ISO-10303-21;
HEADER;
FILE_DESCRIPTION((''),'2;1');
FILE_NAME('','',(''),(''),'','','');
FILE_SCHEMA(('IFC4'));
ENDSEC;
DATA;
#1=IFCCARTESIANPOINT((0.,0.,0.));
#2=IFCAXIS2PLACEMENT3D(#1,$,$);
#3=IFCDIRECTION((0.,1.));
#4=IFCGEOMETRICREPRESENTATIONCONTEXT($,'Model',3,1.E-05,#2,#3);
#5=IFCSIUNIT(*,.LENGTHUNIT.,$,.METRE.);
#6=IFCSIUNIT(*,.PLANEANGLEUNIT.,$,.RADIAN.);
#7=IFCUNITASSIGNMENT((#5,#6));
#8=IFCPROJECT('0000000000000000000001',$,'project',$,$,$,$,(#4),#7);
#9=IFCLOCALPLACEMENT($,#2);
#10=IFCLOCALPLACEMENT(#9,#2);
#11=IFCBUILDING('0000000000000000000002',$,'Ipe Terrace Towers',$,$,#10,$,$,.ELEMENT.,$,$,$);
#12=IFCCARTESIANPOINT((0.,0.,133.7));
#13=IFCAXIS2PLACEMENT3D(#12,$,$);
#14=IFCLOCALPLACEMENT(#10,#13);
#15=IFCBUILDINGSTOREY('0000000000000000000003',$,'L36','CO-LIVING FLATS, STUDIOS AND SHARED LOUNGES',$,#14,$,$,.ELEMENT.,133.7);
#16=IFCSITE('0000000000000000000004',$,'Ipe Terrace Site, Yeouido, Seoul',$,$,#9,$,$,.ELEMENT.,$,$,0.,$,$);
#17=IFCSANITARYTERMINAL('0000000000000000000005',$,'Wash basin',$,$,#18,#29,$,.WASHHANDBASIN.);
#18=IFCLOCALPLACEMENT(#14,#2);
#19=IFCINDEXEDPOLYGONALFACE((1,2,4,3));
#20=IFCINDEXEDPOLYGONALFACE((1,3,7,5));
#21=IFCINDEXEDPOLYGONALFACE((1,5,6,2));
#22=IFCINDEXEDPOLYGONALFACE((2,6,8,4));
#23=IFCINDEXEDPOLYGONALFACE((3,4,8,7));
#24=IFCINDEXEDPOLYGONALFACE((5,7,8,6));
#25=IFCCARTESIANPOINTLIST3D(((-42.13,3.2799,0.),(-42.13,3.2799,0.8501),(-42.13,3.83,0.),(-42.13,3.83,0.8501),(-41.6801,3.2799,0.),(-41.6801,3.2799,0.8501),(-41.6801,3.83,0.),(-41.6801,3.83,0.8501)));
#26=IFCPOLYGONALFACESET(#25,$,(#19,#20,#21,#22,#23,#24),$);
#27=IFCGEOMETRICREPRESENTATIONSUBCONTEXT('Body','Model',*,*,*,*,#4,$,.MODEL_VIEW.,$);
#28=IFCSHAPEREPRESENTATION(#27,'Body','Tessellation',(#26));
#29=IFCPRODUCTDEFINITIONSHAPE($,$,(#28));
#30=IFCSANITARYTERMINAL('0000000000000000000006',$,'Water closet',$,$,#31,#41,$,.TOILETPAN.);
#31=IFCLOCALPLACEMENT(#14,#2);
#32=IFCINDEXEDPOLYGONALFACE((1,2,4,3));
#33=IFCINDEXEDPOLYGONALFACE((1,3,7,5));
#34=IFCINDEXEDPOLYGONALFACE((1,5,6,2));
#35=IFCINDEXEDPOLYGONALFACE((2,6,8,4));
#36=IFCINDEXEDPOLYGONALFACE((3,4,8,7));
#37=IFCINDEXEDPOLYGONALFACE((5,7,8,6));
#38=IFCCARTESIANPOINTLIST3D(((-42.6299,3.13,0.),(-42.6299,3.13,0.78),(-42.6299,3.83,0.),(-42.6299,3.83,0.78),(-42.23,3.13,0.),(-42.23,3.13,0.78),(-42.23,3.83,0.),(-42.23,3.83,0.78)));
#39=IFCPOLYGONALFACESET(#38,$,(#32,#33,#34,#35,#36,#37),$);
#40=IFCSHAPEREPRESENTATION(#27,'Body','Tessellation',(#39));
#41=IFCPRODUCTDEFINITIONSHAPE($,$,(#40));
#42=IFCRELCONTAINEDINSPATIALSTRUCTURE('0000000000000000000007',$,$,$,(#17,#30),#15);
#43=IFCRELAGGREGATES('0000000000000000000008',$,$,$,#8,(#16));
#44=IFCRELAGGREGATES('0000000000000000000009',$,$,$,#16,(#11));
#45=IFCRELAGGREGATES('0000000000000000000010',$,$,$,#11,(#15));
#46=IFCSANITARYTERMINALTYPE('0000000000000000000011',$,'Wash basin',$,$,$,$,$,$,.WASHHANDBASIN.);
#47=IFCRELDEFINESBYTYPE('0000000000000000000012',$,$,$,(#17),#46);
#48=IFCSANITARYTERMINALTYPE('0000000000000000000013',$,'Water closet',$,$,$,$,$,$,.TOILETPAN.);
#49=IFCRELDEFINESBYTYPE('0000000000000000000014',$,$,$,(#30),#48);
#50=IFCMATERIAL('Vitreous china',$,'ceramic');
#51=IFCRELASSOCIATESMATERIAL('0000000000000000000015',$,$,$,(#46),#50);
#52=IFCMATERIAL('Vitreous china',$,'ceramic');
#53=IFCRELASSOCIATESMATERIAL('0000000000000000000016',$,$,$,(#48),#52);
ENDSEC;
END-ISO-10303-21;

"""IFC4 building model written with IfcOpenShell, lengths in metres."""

from ifc_helpers import new_model, si_unit, direction, frame, origin, origin_2d, place, context, subcontext, project, spatial, rectangle, extrude, material, type_object, element, save


model = new_model("IFC4")

# Units and contexts
model_context = context("Model", 3, precision=1e-05, world=origin(), true_north=direction((0.0, 1.0)))
body_context = subcontext(model_context, "Body", "Model", "MODEL_VIEW")
ifc_project = project(units=[si_unit("LENGTHUNIT", "METRE"), si_unit("PLANEANGLEUNIT", "RADIAN")], contexts=[model_context])

# Site, building, storey
site_placement = place(None, origin())
site = spatial("IfcSite", under=ifc_project, at=site_placement, Name="Ipe Terrace Site, Yeouido, Seoul", CompositionType="ELEMENT", RefElevation=0.0)
building_placement = place(site_placement, origin())
building = spatial("IfcBuilding", under=site, at=building_placement, Name="Ipe Terrace Towers", CompositionType="ELEMENT")
storey_placement = place(building_placement, frame((0.0, 0.0, 133.7)))
storey = spatial("IfcBuildingStorey", under=building, at=storey_placement, Name="L36", Description="CO-LIVING FLATS, STUDIOS AND SHARED LOUNGES", CompositionType="ELEMENT", Elevation=133.7)

# Sanitary terminals
ifc_material_1 = material(Name="Vitreous china", Category="ceramic")
sanitary_terminal_type_1 = type_object("IfcSanitaryTerminalType", Name="Wash basin", PredefinedType="WASHHANDBASIN", material=ifc_material_1)
sanitary_terminal_1_placement = place(storey_placement, frame((-41.905, 3.5549, 0.0), z_axis=(0.0, 0.0, 1.0), x_axis=(0.0, -1.0, 0.0)))
element("IfcSanitaryTerminal", 1, at=sanitary_terminal_1_placement, inside=storey, type_object=sanitary_terminal_type_1, Name="Wash basin", PredefinedType="WASHHANDBASIN", context=body_context, shape_type="SweptSolid", body=[
    extrude(rectangle(XDim=0.55, YDim=0.45, at=origin_2d()), origin(), (0.0, 0.0, 1.0), 0.8501),
])
ifc_material_2 = material(Name="Vitreous china", Category="ceramic")
sanitary_terminal_type_2 = type_object("IfcSanitaryTerminalType", Name="Water closet", PredefinedType="TOILETPAN", material=ifc_material_2)
sanitary_terminal_2_placement = place(storey_placement, frame((-42.4299, 3.48, 0.0), z_axis=(0.0, 0.0, 1.0), x_axis=(0.0, -1.0, 0.0)))
element("IfcSanitaryTerminal", 2, at=sanitary_terminal_2_placement, inside=storey, type_object=sanitary_terminal_type_2, Name="Water closet", PredefinedType="TOILETPAN", context=body_context, shape_type="SweptSolid", body=[
    extrude(rectangle(XDim=0.7, YDim=0.3999, at=origin_2d()), origin(), (0.0, 0.0, 1.0), 0.78),
])

save(model, "model.ifc")
